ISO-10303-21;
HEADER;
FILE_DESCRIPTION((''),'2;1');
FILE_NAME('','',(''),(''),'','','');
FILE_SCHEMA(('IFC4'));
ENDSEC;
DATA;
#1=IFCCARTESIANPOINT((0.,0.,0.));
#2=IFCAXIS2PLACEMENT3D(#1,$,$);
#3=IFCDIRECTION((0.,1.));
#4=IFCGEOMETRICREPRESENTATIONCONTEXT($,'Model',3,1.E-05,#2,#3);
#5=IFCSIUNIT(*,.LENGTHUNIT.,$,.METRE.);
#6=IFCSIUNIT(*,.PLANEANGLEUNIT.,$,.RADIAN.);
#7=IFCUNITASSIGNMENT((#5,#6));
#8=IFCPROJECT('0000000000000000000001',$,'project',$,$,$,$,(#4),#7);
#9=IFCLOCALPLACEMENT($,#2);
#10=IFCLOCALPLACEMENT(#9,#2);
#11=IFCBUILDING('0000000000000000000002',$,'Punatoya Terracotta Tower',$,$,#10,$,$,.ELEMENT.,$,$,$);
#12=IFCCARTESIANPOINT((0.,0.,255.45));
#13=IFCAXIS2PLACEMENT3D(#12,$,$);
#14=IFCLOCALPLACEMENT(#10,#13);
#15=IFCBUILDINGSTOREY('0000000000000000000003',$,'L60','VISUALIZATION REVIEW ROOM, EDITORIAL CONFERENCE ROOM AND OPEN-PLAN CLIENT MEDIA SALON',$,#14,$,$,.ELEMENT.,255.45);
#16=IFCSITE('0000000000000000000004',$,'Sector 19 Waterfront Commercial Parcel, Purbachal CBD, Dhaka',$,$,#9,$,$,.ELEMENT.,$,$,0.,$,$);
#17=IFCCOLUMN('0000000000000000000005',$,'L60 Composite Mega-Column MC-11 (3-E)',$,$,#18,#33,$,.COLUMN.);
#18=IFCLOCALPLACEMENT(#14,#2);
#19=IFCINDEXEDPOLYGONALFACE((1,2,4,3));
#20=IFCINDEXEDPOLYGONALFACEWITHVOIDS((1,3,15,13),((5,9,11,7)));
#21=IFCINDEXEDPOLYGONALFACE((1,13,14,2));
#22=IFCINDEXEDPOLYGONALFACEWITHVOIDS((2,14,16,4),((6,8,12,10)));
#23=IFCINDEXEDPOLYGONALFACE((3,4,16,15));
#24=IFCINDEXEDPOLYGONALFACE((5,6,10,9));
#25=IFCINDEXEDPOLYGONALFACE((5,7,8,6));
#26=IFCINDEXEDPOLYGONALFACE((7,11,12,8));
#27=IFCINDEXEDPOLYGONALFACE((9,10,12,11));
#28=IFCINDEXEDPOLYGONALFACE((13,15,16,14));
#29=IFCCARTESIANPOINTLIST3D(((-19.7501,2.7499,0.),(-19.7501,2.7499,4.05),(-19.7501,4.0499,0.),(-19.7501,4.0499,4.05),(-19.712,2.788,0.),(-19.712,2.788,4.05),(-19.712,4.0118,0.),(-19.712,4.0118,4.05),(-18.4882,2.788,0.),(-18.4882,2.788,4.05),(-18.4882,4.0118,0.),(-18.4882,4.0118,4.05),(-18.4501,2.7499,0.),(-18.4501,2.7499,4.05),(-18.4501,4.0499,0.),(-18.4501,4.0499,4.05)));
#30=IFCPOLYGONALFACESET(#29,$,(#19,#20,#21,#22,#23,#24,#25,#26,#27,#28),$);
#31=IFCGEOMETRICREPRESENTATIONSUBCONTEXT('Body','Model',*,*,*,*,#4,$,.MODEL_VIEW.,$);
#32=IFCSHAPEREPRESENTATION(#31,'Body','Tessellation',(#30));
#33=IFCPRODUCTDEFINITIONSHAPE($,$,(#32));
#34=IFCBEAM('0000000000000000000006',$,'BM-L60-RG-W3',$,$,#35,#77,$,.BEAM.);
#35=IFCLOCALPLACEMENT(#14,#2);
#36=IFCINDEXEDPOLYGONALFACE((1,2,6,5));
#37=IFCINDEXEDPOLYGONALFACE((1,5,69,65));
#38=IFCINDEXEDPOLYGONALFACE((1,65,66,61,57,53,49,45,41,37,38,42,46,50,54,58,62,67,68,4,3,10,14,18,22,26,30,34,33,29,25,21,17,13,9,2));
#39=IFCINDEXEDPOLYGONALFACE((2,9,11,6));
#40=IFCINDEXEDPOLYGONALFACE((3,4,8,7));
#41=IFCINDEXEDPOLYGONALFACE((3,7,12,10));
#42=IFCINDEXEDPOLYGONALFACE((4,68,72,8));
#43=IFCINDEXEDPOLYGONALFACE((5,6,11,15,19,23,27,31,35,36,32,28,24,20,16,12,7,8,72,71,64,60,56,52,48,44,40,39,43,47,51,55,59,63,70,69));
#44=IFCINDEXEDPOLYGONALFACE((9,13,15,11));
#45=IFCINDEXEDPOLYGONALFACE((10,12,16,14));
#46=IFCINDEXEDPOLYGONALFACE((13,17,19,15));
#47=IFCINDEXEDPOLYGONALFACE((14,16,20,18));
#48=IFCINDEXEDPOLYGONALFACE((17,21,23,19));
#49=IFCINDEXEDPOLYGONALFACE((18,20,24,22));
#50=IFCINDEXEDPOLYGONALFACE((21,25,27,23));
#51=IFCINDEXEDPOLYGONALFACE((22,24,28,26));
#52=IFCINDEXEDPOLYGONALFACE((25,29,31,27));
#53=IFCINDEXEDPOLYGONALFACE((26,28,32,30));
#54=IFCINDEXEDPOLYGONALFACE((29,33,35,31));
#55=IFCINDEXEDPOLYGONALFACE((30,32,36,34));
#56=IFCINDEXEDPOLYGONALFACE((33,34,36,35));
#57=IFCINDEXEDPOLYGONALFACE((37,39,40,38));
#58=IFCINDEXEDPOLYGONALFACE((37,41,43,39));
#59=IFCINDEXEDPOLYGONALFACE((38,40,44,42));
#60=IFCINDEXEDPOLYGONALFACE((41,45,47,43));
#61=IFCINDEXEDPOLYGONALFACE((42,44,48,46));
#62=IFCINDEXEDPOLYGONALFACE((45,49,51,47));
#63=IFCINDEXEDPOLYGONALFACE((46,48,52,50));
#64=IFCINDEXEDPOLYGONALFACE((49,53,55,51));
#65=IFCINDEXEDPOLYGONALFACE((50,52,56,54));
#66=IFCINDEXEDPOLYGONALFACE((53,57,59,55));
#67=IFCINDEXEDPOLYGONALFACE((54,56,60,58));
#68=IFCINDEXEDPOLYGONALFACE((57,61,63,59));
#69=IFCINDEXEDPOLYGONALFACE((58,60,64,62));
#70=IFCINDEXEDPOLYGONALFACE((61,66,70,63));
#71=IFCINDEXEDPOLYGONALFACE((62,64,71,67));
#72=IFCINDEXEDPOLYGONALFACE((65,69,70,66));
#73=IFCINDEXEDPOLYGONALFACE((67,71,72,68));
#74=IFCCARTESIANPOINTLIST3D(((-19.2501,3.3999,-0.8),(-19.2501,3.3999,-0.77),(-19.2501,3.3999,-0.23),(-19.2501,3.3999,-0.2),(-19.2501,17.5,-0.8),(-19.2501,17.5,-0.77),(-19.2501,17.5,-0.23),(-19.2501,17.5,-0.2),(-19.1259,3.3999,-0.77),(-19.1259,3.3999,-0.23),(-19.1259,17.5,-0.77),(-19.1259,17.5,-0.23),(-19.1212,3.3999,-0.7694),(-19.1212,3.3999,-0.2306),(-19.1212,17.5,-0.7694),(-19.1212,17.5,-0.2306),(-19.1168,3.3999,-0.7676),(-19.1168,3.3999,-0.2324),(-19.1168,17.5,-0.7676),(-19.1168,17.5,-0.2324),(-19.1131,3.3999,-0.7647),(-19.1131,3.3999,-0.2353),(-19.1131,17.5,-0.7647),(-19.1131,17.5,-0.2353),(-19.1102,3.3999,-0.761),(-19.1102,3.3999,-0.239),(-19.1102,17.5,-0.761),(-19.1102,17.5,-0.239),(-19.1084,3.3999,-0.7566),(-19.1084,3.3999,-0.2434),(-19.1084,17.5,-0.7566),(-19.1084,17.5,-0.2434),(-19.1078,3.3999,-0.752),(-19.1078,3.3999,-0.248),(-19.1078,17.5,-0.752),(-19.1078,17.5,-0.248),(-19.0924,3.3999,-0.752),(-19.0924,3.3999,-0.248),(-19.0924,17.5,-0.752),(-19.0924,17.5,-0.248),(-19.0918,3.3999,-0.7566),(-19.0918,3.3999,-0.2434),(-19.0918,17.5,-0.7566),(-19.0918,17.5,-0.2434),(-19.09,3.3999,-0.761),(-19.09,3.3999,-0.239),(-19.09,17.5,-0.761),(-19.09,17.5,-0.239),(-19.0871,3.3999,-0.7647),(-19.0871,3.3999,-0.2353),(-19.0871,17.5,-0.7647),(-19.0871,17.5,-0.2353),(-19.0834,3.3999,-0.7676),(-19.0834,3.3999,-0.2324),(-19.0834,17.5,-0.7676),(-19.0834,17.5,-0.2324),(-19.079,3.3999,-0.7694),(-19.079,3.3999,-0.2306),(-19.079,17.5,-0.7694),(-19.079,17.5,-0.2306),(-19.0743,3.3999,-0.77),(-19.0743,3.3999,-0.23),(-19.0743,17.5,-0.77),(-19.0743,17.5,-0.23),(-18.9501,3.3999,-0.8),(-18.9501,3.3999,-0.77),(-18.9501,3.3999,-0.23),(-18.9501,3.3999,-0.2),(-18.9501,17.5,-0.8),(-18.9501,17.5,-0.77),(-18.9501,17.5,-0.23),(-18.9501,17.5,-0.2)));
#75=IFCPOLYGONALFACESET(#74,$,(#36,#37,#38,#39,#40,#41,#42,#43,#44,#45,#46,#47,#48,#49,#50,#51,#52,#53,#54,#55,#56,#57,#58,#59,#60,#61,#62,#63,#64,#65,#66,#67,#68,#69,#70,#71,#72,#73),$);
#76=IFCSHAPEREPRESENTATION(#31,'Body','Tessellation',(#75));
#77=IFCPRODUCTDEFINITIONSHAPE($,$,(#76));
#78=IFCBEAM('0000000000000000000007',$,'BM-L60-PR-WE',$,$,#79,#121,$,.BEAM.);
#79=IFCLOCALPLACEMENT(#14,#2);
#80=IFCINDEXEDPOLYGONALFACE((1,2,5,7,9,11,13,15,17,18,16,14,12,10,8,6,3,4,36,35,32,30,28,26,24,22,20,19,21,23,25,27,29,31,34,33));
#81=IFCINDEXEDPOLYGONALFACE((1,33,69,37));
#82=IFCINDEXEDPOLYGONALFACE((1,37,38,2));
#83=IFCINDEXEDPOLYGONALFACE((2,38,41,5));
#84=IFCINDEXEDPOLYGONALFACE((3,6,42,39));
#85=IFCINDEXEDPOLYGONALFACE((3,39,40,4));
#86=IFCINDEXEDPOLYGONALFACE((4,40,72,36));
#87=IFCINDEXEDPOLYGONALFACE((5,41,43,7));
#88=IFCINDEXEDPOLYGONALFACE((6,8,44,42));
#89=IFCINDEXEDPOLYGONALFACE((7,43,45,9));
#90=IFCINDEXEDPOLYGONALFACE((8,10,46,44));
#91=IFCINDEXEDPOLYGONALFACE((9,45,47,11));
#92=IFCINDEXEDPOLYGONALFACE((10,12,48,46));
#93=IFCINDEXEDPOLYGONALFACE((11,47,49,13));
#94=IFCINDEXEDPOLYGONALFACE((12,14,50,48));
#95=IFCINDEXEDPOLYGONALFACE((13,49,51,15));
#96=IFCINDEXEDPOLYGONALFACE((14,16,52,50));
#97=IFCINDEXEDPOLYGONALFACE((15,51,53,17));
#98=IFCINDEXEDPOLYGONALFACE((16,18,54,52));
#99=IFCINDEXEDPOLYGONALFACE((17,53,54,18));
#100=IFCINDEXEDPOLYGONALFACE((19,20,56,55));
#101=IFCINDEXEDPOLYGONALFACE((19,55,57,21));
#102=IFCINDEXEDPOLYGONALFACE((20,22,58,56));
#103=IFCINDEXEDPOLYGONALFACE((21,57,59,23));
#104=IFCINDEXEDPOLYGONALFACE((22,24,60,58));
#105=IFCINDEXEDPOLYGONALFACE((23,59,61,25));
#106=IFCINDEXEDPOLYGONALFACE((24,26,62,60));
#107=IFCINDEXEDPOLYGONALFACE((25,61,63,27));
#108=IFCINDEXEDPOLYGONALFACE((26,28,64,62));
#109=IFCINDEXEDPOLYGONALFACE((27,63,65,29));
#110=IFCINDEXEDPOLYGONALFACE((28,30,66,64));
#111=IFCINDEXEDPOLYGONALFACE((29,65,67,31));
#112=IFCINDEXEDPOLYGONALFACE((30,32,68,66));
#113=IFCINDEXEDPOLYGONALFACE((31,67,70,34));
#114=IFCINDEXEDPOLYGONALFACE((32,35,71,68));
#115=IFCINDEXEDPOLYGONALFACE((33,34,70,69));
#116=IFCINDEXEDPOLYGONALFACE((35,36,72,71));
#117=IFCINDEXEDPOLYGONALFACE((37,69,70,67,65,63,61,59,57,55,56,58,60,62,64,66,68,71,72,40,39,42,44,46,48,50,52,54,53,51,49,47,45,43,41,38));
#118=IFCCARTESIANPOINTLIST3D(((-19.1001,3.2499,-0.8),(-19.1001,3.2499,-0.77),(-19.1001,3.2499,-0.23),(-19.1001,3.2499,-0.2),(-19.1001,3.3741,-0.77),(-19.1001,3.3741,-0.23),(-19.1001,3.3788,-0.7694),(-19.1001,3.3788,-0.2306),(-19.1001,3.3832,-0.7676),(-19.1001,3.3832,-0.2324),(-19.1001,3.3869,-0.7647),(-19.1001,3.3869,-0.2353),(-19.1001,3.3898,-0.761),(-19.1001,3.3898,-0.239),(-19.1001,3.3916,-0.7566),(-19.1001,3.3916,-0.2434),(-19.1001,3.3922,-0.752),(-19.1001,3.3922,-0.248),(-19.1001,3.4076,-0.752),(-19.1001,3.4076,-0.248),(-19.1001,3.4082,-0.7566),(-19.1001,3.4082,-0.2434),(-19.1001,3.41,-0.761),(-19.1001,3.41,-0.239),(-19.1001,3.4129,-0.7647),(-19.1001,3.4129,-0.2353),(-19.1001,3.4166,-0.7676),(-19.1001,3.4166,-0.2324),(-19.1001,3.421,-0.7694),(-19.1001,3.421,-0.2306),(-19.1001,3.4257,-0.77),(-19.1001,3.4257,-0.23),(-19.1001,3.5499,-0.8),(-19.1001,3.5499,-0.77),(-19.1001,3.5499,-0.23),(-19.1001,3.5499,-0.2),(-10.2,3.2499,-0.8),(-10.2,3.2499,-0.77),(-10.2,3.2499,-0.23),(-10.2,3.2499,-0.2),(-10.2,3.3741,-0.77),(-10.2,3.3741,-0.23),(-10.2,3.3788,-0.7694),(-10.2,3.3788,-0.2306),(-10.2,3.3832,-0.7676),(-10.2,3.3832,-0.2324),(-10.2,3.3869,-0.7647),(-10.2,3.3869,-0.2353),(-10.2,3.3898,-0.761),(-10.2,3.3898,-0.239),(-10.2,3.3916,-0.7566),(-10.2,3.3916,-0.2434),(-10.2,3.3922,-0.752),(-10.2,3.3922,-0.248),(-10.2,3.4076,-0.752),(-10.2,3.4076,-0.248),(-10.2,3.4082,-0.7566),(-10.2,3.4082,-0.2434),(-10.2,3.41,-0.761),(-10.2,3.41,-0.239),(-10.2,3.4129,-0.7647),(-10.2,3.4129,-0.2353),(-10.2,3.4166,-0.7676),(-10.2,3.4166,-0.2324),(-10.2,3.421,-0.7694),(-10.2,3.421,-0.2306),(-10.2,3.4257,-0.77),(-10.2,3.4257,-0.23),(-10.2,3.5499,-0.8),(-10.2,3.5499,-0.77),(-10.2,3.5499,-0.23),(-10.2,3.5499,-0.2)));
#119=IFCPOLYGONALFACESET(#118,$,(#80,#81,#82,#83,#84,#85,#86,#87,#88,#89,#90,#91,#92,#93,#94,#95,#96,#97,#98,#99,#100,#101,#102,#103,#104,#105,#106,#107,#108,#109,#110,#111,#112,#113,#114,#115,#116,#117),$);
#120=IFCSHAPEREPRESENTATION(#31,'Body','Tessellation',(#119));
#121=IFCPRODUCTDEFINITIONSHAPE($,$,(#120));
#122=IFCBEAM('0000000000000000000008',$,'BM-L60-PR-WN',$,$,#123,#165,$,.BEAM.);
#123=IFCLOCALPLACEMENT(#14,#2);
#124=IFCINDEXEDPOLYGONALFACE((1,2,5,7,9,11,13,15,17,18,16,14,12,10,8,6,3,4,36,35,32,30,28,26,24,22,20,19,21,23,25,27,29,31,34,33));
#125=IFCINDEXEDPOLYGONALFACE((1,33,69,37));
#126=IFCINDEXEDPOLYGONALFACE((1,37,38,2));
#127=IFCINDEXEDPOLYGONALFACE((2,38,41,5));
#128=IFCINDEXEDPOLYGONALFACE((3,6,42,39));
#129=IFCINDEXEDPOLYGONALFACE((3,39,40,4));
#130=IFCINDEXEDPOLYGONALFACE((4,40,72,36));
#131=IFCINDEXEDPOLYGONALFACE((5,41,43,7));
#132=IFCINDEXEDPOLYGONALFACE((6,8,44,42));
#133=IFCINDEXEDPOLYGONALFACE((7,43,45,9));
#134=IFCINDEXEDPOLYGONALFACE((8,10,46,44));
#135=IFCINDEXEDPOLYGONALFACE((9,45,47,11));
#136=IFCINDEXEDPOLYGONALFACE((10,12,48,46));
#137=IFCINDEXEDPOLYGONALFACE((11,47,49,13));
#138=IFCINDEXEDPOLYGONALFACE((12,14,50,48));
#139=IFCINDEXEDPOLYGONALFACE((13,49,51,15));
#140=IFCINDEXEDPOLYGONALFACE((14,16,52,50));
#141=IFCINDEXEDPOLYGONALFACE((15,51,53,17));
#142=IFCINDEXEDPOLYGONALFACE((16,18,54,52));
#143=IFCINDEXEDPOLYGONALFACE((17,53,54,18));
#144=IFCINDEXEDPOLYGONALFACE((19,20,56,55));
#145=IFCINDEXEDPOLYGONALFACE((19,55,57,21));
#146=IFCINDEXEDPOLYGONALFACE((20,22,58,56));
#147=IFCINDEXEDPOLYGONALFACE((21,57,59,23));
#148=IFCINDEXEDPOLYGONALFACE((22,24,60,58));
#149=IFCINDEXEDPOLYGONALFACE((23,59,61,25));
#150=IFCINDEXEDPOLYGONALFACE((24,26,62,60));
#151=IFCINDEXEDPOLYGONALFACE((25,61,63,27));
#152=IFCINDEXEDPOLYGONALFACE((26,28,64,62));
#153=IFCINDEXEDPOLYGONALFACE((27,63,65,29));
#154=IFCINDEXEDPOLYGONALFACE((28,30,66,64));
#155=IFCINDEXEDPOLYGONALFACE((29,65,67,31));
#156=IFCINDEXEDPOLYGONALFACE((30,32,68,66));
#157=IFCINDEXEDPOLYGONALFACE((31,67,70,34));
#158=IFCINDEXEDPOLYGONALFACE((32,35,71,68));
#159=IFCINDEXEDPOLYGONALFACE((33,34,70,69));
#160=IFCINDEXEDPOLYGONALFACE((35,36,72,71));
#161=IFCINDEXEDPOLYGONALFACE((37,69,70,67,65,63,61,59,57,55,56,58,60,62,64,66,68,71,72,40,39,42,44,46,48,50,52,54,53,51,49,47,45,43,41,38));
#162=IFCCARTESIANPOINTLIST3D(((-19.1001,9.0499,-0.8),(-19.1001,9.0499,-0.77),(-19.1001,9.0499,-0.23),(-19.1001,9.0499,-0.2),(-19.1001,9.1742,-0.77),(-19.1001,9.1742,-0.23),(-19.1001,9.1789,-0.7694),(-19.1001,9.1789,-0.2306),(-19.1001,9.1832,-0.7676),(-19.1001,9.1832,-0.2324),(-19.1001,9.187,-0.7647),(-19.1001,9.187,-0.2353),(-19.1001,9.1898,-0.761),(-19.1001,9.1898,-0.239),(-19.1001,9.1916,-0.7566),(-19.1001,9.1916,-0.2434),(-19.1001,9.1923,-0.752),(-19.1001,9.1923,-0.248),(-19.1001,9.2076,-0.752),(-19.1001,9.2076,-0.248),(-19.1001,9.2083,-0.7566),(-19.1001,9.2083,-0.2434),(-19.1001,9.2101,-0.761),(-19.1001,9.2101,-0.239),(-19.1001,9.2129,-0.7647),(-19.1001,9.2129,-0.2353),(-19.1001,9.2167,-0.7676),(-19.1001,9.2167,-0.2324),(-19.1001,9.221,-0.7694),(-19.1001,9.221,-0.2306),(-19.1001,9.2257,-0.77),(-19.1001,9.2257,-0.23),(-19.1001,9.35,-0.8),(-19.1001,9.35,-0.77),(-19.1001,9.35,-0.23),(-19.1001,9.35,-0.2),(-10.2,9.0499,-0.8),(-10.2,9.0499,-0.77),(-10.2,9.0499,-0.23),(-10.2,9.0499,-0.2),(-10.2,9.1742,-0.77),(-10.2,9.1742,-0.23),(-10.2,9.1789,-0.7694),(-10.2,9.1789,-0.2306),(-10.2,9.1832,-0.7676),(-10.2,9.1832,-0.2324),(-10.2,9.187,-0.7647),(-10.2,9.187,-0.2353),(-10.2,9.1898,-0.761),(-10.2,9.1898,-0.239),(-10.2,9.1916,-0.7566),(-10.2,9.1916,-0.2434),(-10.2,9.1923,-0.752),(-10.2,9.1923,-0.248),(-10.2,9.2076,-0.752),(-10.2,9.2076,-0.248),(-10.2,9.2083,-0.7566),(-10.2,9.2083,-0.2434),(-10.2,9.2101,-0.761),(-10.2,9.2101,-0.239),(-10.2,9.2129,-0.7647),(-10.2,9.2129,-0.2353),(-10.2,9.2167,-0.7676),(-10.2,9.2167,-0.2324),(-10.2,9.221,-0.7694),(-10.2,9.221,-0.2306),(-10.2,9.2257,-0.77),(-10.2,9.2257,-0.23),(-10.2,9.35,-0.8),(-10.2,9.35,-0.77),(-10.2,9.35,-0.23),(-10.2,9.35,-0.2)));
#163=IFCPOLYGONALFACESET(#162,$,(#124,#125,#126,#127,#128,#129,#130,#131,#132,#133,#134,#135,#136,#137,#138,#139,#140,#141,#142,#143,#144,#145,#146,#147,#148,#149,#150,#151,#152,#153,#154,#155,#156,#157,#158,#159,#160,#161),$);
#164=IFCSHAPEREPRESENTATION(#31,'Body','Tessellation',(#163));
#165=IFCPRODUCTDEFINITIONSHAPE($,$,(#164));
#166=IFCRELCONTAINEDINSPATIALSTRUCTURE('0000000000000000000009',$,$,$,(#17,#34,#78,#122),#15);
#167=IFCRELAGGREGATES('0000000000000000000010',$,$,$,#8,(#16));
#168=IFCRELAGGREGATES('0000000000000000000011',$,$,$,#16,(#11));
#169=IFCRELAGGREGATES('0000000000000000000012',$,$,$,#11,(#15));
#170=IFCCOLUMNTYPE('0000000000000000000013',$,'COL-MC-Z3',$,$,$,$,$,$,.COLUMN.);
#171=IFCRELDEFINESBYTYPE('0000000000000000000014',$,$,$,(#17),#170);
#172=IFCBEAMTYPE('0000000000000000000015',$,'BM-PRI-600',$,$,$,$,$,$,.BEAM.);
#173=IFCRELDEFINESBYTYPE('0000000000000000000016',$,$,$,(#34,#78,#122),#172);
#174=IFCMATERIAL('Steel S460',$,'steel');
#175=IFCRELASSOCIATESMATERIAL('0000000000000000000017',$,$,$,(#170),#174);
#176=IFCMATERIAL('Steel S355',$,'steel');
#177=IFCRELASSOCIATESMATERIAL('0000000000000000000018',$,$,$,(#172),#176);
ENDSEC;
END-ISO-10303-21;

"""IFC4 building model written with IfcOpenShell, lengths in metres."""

from ifc_helpers import new_model, si_unit, direction, frame, origin, origin_2d, place, context, subcontext, project, spatial, hollow_rectangle, i_section, extrude, material, material_profile, profile_set, type_object, element, save


model = new_model("IFC4")

# Units and contexts
model_context = context("Model", 3, precision=1e-05, world=origin(), true_north=direction((0.0, 1.0)))
body_context = subcontext(model_context, "Body", "Model", "MODEL_VIEW")
ifc_project = project(units=[si_unit("LENGTHUNIT", "METRE"), si_unit("PLANEANGLEUNIT", "RADIAN")], contexts=[model_context])

# Site, building, storey
site_placement = place(None, origin())
site = spatial("IfcSite", under=ifc_project, at=site_placement, Name="Sector 19 Waterfront Commercial Parcel, Purbachal CBD, Dhaka", CompositionType="ELEMENT", RefElevation=0.0)
building_placement = place(site_placement, origin())
building = spatial("IfcBuilding", under=site, at=building_placement, Name="Punatoya Terracotta Tower", CompositionType="ELEMENT")
storey_placement = place(building_placement, frame((0.0, 0.0, 255.45)))
storey = spatial("IfcBuildingStorey", under=building, at=storey_placement, Name="L60", Description="VISUALIZATION REVIEW ROOM, EDITORIAL CONFERENCE ROOM AND OPEN-PLAN CLIENT MEDIA SALON", CompositionType="ELEMENT", Elevation=255.45)

# Column
ifc_material_1 = material(Name="Steel S460", Category="steel")
ifc_material_profile_1 = material_profile(ifc_material_1, hollow_rectangle(XDim=1.3, YDim=1.3, WallThickness=0.0381, at=origin_2d()))
ifc_profile_set_1 = profile_set([ifc_material_profile_1], Name="Steel S460")
column_type = type_object("IfcColumnType", Name="COL-MC-Z3", PredefinedType="COLUMN", material=ifc_profile_set_1)
column_placement = place(storey_placement, frame((-19.1001, 3.3999, 0.0), z_axis=(0.0, 0.0, 1.0), x_axis=(1.0, 0.0, 0.0)))
element("IfcColumn", 1, at=column_placement, inside=storey, type_object=column_type, Name="L60 Composite Mega-Column MC-11 (3-E)", PredefinedType="COLUMN", context=body_context, shape_type="SweptSolid", body=[
    extrude(hollow_rectangle(XDim=1.3, YDim=1.3, WallThickness=0.0381, at=origin_2d()), origin(), (0.0, 0.0, 1.0), 4.05),
])

# Beams
ifc_material_2 = material(Name="Steel S355", Category="steel")
ifc_material_profile_2 = material_profile(ifc_material_2, i_section(OverallWidth=0.3, OverallDepth=0.6001, WebThickness=0.0154, FlangeThickness=0.03, FilletRadius=0.0181, at=origin_2d()))
ifc_profile_set_2 = profile_set([ifc_material_profile_2], Name="Steel S355")
beam_type_1 = type_object("IfcBeamType", Name="BM-PRI-600", PredefinedType="BEAM", material=ifc_profile_set_2)
beam_1_placement = place(storey_placement, frame((-19.1001, 3.3999, -0.5), z_axis=(0.0, 1.0, 0.0), x_axis=(-1.0, 0.0, 0.0)))
element("IfcBeam", 2, at=beam_1_placement, inside=storey, type_object=beam_type_1, Name="BM-L60-RG-W3", PredefinedType="BEAM", context=body_context, shape_type="SweptSolid", body=[
    extrude(i_section(OverallWidth=0.3, OverallDepth=0.6001, WebThickness=0.0154, FlangeThickness=0.03, FilletRadius=0.0181, at=origin_2d()), origin(), (0.0, 0.0, 1.0), 14.1001),
])
for number, where, z_axis, x_axis, name in (
    (3, (-19.1001, 3.3999, -0.5), (1.0, 0.0, 0.0), (0.0, 1.0, 0.0), "BM-L60-PR-WE"),
    (4, (-19.1001, 9.2, -0.5), (1.0, 0.0, 0.0), (0.0, 1.0, 0.0), "BM-L60-PR-WN"),
):
    element("IfcBeam", number, at=place(storey_placement, frame(where, z_axis=z_axis, x_axis=x_axis)), inside=storey, type_object=beam_type_1, Name=name, PredefinedType="BEAM", context=body_context, shape_type="SweptSolid", body=[
        extrude(i_section(OverallWidth=0.3, OverallDepth=0.6001, WebThickness=0.0154, FlangeThickness=0.03, FilletRadius=0.0181, at=origin_2d()), origin(), (0.0, 0.0, 1.0), 8.9001),
    ])

save(model, "model.ifc")
